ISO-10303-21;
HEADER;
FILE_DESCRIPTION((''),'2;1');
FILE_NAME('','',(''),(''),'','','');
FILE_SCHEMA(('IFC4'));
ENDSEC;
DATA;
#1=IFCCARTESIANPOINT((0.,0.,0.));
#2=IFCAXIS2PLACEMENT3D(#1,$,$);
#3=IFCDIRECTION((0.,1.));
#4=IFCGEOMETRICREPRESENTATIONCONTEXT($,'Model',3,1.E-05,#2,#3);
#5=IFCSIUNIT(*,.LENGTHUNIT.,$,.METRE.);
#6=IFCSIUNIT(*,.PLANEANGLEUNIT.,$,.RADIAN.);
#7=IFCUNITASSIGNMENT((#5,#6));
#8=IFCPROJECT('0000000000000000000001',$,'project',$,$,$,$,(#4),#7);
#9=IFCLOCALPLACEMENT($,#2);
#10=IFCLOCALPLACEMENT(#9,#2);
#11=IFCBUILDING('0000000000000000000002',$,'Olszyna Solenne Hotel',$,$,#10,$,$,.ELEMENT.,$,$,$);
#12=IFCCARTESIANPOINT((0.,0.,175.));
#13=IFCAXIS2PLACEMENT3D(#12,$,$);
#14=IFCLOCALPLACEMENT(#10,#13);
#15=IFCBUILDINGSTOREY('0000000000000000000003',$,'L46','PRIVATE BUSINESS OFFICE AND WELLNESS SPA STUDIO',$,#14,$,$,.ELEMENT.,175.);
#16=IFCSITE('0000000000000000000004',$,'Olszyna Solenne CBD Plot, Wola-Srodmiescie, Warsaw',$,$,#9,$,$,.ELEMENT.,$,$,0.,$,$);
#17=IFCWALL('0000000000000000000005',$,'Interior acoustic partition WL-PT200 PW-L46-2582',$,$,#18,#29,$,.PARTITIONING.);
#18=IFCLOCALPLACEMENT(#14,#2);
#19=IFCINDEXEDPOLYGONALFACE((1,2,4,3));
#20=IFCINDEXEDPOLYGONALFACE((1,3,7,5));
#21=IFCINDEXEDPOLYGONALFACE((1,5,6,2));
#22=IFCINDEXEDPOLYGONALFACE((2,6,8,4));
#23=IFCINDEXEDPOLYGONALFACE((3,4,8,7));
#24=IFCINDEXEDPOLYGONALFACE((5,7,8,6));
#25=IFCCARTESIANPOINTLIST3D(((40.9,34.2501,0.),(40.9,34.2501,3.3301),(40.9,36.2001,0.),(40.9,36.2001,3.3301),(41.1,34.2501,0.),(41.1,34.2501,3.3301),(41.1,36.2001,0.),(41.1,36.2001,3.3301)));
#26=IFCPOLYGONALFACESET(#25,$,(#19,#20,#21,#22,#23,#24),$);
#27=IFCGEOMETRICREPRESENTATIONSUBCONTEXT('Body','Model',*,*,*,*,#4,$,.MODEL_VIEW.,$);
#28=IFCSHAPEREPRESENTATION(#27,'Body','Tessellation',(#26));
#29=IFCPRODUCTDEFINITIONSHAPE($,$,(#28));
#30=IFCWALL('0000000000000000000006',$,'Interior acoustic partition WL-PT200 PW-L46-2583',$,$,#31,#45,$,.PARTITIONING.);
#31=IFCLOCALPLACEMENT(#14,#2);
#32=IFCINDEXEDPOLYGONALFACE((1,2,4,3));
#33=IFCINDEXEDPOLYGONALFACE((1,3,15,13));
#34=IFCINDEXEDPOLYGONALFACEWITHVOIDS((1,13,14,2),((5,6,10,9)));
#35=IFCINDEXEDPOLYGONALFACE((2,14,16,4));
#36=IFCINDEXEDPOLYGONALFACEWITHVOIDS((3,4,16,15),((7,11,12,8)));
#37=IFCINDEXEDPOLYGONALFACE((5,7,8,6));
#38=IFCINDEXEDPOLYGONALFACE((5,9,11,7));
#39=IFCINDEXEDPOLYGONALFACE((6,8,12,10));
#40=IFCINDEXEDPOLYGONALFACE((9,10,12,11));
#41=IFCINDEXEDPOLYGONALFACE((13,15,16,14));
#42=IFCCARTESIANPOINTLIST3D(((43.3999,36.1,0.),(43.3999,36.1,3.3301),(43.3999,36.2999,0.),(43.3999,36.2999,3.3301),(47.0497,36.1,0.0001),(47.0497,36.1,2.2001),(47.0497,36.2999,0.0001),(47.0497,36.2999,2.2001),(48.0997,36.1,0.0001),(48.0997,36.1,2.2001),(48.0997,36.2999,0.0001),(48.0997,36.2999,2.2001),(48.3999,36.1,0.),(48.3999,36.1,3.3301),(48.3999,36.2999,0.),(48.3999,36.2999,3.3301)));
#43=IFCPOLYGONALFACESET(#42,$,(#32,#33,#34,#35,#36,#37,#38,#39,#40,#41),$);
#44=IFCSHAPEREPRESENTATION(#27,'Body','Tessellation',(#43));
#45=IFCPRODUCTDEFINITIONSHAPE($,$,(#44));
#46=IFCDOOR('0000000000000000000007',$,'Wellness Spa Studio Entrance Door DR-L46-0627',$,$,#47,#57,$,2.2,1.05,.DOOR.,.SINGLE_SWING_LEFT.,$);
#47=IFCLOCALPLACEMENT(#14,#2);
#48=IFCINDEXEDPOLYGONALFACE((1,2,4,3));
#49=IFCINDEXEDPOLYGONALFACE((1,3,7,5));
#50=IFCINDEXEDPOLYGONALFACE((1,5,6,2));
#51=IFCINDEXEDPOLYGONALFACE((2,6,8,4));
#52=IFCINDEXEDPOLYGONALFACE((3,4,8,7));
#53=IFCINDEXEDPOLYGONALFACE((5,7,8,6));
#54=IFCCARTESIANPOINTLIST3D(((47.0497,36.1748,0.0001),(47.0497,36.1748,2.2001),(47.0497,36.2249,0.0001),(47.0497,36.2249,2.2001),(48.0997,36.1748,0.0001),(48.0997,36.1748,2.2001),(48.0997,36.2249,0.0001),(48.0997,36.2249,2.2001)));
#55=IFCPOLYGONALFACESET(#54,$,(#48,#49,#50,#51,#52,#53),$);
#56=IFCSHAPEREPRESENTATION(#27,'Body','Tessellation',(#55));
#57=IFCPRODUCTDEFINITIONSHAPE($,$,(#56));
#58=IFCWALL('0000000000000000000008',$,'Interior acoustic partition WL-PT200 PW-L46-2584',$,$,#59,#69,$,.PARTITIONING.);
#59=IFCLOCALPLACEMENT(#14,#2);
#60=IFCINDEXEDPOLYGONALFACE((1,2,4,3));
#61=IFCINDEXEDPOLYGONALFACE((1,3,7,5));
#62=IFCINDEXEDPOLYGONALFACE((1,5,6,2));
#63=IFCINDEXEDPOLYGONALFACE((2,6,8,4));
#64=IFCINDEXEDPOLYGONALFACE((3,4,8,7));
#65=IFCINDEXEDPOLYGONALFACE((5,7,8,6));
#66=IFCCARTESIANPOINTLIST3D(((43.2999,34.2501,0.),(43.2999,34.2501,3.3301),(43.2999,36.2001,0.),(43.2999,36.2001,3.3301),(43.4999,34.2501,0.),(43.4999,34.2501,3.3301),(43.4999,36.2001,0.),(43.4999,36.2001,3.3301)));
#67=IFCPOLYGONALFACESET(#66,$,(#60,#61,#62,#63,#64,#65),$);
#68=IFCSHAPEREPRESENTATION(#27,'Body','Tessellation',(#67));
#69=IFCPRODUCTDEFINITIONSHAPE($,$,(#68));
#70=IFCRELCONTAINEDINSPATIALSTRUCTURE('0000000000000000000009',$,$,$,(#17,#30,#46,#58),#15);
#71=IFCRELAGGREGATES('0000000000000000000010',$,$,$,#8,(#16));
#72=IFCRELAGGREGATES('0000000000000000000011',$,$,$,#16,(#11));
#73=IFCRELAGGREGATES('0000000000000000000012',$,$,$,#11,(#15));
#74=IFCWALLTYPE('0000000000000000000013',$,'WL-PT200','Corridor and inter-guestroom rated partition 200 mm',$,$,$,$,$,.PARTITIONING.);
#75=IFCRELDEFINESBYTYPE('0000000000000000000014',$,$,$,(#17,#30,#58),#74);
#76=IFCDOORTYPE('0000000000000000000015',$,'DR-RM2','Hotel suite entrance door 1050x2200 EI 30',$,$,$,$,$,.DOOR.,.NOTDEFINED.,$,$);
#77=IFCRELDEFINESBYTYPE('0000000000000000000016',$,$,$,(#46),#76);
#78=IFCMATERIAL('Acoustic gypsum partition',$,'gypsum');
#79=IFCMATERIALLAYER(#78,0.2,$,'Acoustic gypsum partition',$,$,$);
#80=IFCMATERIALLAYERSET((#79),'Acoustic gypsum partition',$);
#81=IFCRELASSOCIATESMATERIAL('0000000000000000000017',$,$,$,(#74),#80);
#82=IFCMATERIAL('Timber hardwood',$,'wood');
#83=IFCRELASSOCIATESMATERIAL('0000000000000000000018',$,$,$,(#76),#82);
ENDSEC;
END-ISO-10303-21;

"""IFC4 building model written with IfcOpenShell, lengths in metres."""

from ifc_helpers import new_model, si_unit, direction, frame, frame_2d, origin, place, context, subcontext, project, spatial, rectangle, extrude, source, transform, mapped, material, layer, layer_set, type_object, type_shapes, element, fill, save


model = new_model("IFC4")

# Units and contexts
model_context = context("Model", 3, precision=1e-05, world=origin(), true_north=direction((0.0, 1.0)))
body_context = subcontext(model_context, "Body", "Model", "MODEL_VIEW")
ifc_project = project(units=[si_unit("LENGTHUNIT", "METRE"), si_unit("PLANEANGLEUNIT", "RADIAN")], contexts=[model_context])

# Site, building, storey
site_placement = place(None, origin())
site = spatial("IfcSite", under=ifc_project, at=site_placement, Name="Olszyna Solenne CBD Plot, Wola-Srodmiescie, Warsaw", CompositionType="ELEMENT", RefElevation=0.0)
building_placement = place(site_placement, origin())
building = spatial("IfcBuilding", under=site, at=building_placement, Name="Olszyna Solenne Hotel", CompositionType="ELEMENT")
storey_placement = place(building_placement, frame((0.0, 0.0, 175.0)))
storey = spatial("IfcBuildingStorey", under=building, at=storey_placement, Name="L46", Description="PRIVATE BUSINESS OFFICE AND WELLNESS SPA STUDIO", CompositionType="ELEMENT", Elevation=175.0)

# Shared definitions
ifc_material_1 = material(Name="Timber hardwood", Category="wood")

# Wall
ifc_material_2 = material(Name="Acoustic gypsum partition", Category="gypsum")
ifc_layer_1 = layer(ifc_material_2, 0.2, Name="Acoustic gypsum partition")
ifc_layer_set_1 = layer_set([ifc_layer_1], Name="Acoustic gypsum partition")
wall_type_1 = type_object("IfcWallType", Name="WL-PT200", Description="Corridor and inter-guestroom rated partition 200 mm", PredefinedType="PARTITIONING", material=ifc_layer_set_1)
wall_1_placement = place(storey_placement, frame((41.0, 34.25, 0.0), z_axis=(0.0, 0.0, 1.0), x_axis=(0.0, 1.0, 0.0)))
element("IfcWall", 1, at=wall_1_placement, inside=storey, type_object=wall_type_1, Name="Interior acoustic partition WL-PT200 PW-L46-2582", PredefinedType="PARTITIONING", context=body_context, shape_type="SweptSolid", body=[
    extrude(rectangle(XDim=1.95, YDim=0.2, at=frame_2d((0.9751, 0.0))), origin(), (0.0, 0.0, 1.0), 3.3301),
])

# Wall, opening, door
wall_2_placement = place(storey_placement, frame((43.3999, 36.2, 0.0), z_axis=(0.0, 0.0, 1.0), x_axis=(1.0, 0.0, 0.0)))
wall_2 = element("IfcWall", 2, at=wall_2_placement, inside=storey, type_object=wall_type_1, Name="Interior acoustic partition WL-PT200 PW-L46-2583", PredefinedType="PARTITIONING", context=body_context, shape_type="SweptSolid", body=[
    extrude(rectangle(XDim=5.0, YDim=0.2, at=frame_2d((2.5, 0.0))), origin(), (0.0, 0.0, 1.0), 3.3301),
])
opening_1_placement = place(wall_2_placement, frame((3.6499, 0.0, 0.0)))
opening_1 = element("IfcOpeningElement", 3, at=opening_1_placement, cuts=wall_2, PredefinedType="OPENING", context=body_context, shape_type="SweptSolid", body=[
    extrude(rectangle(XDim=1.05, YDim=2.2, at=frame_2d((0.5249, 1.1001))), frame((0.0, 0.1099, 0.0), z_axis=(0.0, -1.0, 0.0), x_axis=(1.0, 0.0, 0.0)), (0.0, 0.0, 1.0), 0.22),
])
door_type_1 = type_object("IfcDoorType", Name="DR-RM2", Description="Hotel suite entrance door 1050x2200 EI 30", OperationType="NOTDEFINED", PredefinedType="DOOR", material=ifc_material_1)
shared_shape_1 = source(origin(), body_context, "Body", "SweptSolid", [
    extrude(rectangle(XDim=1.05, YDim=2.2, at=frame_2d((0.5249, 1.1001))), frame((0.0, 0.0249, 0.0), z_axis=(0.0, -1.0, 0.0), x_axis=(1.0, 0.0, 0.0)), (0.0, 0.0, 1.0), 0.05),
])
type_shapes(door_type_1, [shared_shape_1])
door_1_placement = place(opening_1_placement, origin())
door_1 = element("IfcDoor", 4, at=door_1_placement, inside=storey, type_object=door_type_1, Name="Wellness Spa Studio Entrance Door DR-L46-0627", OperationType="SINGLE_SWING_LEFT", OverallHeight=2.2, OverallWidth=1.05, PredefinedType="DOOR", context=body_context, shape_type="MappedRepresentation", body=[
    mapped(shared_shape_1, transform((0.0, 0.0, 0.0), x_axis=(1.0, 0.0, 0.0), y_axis=(0.0, 1.0, 0.0), z_axis=(0.0, 0.0, 1.0), scale=1.0)),
])
fill(opening_1, door_1)

# Wall
wall_3_placement = place(storey_placement, frame((43.3999, 34.25, 0.0), z_axis=(0.0, 0.0, 1.0), x_axis=(0.0, 1.0, 0.0)))
element("IfcWall", 5, at=wall_3_placement, inside=storey, type_object=wall_type_1, Name="Interior acoustic partition WL-PT200 PW-L46-2584", PredefinedType="PARTITIONING", context=body_context, shape_type="SweptSolid", body=[
    extrude(rectangle(XDim=1.95, YDim=0.2, at=frame_2d((0.9751, 0.0))), origin(), (0.0, 0.0, 1.0), 3.3301),
])

save(model, "model.ifc")
